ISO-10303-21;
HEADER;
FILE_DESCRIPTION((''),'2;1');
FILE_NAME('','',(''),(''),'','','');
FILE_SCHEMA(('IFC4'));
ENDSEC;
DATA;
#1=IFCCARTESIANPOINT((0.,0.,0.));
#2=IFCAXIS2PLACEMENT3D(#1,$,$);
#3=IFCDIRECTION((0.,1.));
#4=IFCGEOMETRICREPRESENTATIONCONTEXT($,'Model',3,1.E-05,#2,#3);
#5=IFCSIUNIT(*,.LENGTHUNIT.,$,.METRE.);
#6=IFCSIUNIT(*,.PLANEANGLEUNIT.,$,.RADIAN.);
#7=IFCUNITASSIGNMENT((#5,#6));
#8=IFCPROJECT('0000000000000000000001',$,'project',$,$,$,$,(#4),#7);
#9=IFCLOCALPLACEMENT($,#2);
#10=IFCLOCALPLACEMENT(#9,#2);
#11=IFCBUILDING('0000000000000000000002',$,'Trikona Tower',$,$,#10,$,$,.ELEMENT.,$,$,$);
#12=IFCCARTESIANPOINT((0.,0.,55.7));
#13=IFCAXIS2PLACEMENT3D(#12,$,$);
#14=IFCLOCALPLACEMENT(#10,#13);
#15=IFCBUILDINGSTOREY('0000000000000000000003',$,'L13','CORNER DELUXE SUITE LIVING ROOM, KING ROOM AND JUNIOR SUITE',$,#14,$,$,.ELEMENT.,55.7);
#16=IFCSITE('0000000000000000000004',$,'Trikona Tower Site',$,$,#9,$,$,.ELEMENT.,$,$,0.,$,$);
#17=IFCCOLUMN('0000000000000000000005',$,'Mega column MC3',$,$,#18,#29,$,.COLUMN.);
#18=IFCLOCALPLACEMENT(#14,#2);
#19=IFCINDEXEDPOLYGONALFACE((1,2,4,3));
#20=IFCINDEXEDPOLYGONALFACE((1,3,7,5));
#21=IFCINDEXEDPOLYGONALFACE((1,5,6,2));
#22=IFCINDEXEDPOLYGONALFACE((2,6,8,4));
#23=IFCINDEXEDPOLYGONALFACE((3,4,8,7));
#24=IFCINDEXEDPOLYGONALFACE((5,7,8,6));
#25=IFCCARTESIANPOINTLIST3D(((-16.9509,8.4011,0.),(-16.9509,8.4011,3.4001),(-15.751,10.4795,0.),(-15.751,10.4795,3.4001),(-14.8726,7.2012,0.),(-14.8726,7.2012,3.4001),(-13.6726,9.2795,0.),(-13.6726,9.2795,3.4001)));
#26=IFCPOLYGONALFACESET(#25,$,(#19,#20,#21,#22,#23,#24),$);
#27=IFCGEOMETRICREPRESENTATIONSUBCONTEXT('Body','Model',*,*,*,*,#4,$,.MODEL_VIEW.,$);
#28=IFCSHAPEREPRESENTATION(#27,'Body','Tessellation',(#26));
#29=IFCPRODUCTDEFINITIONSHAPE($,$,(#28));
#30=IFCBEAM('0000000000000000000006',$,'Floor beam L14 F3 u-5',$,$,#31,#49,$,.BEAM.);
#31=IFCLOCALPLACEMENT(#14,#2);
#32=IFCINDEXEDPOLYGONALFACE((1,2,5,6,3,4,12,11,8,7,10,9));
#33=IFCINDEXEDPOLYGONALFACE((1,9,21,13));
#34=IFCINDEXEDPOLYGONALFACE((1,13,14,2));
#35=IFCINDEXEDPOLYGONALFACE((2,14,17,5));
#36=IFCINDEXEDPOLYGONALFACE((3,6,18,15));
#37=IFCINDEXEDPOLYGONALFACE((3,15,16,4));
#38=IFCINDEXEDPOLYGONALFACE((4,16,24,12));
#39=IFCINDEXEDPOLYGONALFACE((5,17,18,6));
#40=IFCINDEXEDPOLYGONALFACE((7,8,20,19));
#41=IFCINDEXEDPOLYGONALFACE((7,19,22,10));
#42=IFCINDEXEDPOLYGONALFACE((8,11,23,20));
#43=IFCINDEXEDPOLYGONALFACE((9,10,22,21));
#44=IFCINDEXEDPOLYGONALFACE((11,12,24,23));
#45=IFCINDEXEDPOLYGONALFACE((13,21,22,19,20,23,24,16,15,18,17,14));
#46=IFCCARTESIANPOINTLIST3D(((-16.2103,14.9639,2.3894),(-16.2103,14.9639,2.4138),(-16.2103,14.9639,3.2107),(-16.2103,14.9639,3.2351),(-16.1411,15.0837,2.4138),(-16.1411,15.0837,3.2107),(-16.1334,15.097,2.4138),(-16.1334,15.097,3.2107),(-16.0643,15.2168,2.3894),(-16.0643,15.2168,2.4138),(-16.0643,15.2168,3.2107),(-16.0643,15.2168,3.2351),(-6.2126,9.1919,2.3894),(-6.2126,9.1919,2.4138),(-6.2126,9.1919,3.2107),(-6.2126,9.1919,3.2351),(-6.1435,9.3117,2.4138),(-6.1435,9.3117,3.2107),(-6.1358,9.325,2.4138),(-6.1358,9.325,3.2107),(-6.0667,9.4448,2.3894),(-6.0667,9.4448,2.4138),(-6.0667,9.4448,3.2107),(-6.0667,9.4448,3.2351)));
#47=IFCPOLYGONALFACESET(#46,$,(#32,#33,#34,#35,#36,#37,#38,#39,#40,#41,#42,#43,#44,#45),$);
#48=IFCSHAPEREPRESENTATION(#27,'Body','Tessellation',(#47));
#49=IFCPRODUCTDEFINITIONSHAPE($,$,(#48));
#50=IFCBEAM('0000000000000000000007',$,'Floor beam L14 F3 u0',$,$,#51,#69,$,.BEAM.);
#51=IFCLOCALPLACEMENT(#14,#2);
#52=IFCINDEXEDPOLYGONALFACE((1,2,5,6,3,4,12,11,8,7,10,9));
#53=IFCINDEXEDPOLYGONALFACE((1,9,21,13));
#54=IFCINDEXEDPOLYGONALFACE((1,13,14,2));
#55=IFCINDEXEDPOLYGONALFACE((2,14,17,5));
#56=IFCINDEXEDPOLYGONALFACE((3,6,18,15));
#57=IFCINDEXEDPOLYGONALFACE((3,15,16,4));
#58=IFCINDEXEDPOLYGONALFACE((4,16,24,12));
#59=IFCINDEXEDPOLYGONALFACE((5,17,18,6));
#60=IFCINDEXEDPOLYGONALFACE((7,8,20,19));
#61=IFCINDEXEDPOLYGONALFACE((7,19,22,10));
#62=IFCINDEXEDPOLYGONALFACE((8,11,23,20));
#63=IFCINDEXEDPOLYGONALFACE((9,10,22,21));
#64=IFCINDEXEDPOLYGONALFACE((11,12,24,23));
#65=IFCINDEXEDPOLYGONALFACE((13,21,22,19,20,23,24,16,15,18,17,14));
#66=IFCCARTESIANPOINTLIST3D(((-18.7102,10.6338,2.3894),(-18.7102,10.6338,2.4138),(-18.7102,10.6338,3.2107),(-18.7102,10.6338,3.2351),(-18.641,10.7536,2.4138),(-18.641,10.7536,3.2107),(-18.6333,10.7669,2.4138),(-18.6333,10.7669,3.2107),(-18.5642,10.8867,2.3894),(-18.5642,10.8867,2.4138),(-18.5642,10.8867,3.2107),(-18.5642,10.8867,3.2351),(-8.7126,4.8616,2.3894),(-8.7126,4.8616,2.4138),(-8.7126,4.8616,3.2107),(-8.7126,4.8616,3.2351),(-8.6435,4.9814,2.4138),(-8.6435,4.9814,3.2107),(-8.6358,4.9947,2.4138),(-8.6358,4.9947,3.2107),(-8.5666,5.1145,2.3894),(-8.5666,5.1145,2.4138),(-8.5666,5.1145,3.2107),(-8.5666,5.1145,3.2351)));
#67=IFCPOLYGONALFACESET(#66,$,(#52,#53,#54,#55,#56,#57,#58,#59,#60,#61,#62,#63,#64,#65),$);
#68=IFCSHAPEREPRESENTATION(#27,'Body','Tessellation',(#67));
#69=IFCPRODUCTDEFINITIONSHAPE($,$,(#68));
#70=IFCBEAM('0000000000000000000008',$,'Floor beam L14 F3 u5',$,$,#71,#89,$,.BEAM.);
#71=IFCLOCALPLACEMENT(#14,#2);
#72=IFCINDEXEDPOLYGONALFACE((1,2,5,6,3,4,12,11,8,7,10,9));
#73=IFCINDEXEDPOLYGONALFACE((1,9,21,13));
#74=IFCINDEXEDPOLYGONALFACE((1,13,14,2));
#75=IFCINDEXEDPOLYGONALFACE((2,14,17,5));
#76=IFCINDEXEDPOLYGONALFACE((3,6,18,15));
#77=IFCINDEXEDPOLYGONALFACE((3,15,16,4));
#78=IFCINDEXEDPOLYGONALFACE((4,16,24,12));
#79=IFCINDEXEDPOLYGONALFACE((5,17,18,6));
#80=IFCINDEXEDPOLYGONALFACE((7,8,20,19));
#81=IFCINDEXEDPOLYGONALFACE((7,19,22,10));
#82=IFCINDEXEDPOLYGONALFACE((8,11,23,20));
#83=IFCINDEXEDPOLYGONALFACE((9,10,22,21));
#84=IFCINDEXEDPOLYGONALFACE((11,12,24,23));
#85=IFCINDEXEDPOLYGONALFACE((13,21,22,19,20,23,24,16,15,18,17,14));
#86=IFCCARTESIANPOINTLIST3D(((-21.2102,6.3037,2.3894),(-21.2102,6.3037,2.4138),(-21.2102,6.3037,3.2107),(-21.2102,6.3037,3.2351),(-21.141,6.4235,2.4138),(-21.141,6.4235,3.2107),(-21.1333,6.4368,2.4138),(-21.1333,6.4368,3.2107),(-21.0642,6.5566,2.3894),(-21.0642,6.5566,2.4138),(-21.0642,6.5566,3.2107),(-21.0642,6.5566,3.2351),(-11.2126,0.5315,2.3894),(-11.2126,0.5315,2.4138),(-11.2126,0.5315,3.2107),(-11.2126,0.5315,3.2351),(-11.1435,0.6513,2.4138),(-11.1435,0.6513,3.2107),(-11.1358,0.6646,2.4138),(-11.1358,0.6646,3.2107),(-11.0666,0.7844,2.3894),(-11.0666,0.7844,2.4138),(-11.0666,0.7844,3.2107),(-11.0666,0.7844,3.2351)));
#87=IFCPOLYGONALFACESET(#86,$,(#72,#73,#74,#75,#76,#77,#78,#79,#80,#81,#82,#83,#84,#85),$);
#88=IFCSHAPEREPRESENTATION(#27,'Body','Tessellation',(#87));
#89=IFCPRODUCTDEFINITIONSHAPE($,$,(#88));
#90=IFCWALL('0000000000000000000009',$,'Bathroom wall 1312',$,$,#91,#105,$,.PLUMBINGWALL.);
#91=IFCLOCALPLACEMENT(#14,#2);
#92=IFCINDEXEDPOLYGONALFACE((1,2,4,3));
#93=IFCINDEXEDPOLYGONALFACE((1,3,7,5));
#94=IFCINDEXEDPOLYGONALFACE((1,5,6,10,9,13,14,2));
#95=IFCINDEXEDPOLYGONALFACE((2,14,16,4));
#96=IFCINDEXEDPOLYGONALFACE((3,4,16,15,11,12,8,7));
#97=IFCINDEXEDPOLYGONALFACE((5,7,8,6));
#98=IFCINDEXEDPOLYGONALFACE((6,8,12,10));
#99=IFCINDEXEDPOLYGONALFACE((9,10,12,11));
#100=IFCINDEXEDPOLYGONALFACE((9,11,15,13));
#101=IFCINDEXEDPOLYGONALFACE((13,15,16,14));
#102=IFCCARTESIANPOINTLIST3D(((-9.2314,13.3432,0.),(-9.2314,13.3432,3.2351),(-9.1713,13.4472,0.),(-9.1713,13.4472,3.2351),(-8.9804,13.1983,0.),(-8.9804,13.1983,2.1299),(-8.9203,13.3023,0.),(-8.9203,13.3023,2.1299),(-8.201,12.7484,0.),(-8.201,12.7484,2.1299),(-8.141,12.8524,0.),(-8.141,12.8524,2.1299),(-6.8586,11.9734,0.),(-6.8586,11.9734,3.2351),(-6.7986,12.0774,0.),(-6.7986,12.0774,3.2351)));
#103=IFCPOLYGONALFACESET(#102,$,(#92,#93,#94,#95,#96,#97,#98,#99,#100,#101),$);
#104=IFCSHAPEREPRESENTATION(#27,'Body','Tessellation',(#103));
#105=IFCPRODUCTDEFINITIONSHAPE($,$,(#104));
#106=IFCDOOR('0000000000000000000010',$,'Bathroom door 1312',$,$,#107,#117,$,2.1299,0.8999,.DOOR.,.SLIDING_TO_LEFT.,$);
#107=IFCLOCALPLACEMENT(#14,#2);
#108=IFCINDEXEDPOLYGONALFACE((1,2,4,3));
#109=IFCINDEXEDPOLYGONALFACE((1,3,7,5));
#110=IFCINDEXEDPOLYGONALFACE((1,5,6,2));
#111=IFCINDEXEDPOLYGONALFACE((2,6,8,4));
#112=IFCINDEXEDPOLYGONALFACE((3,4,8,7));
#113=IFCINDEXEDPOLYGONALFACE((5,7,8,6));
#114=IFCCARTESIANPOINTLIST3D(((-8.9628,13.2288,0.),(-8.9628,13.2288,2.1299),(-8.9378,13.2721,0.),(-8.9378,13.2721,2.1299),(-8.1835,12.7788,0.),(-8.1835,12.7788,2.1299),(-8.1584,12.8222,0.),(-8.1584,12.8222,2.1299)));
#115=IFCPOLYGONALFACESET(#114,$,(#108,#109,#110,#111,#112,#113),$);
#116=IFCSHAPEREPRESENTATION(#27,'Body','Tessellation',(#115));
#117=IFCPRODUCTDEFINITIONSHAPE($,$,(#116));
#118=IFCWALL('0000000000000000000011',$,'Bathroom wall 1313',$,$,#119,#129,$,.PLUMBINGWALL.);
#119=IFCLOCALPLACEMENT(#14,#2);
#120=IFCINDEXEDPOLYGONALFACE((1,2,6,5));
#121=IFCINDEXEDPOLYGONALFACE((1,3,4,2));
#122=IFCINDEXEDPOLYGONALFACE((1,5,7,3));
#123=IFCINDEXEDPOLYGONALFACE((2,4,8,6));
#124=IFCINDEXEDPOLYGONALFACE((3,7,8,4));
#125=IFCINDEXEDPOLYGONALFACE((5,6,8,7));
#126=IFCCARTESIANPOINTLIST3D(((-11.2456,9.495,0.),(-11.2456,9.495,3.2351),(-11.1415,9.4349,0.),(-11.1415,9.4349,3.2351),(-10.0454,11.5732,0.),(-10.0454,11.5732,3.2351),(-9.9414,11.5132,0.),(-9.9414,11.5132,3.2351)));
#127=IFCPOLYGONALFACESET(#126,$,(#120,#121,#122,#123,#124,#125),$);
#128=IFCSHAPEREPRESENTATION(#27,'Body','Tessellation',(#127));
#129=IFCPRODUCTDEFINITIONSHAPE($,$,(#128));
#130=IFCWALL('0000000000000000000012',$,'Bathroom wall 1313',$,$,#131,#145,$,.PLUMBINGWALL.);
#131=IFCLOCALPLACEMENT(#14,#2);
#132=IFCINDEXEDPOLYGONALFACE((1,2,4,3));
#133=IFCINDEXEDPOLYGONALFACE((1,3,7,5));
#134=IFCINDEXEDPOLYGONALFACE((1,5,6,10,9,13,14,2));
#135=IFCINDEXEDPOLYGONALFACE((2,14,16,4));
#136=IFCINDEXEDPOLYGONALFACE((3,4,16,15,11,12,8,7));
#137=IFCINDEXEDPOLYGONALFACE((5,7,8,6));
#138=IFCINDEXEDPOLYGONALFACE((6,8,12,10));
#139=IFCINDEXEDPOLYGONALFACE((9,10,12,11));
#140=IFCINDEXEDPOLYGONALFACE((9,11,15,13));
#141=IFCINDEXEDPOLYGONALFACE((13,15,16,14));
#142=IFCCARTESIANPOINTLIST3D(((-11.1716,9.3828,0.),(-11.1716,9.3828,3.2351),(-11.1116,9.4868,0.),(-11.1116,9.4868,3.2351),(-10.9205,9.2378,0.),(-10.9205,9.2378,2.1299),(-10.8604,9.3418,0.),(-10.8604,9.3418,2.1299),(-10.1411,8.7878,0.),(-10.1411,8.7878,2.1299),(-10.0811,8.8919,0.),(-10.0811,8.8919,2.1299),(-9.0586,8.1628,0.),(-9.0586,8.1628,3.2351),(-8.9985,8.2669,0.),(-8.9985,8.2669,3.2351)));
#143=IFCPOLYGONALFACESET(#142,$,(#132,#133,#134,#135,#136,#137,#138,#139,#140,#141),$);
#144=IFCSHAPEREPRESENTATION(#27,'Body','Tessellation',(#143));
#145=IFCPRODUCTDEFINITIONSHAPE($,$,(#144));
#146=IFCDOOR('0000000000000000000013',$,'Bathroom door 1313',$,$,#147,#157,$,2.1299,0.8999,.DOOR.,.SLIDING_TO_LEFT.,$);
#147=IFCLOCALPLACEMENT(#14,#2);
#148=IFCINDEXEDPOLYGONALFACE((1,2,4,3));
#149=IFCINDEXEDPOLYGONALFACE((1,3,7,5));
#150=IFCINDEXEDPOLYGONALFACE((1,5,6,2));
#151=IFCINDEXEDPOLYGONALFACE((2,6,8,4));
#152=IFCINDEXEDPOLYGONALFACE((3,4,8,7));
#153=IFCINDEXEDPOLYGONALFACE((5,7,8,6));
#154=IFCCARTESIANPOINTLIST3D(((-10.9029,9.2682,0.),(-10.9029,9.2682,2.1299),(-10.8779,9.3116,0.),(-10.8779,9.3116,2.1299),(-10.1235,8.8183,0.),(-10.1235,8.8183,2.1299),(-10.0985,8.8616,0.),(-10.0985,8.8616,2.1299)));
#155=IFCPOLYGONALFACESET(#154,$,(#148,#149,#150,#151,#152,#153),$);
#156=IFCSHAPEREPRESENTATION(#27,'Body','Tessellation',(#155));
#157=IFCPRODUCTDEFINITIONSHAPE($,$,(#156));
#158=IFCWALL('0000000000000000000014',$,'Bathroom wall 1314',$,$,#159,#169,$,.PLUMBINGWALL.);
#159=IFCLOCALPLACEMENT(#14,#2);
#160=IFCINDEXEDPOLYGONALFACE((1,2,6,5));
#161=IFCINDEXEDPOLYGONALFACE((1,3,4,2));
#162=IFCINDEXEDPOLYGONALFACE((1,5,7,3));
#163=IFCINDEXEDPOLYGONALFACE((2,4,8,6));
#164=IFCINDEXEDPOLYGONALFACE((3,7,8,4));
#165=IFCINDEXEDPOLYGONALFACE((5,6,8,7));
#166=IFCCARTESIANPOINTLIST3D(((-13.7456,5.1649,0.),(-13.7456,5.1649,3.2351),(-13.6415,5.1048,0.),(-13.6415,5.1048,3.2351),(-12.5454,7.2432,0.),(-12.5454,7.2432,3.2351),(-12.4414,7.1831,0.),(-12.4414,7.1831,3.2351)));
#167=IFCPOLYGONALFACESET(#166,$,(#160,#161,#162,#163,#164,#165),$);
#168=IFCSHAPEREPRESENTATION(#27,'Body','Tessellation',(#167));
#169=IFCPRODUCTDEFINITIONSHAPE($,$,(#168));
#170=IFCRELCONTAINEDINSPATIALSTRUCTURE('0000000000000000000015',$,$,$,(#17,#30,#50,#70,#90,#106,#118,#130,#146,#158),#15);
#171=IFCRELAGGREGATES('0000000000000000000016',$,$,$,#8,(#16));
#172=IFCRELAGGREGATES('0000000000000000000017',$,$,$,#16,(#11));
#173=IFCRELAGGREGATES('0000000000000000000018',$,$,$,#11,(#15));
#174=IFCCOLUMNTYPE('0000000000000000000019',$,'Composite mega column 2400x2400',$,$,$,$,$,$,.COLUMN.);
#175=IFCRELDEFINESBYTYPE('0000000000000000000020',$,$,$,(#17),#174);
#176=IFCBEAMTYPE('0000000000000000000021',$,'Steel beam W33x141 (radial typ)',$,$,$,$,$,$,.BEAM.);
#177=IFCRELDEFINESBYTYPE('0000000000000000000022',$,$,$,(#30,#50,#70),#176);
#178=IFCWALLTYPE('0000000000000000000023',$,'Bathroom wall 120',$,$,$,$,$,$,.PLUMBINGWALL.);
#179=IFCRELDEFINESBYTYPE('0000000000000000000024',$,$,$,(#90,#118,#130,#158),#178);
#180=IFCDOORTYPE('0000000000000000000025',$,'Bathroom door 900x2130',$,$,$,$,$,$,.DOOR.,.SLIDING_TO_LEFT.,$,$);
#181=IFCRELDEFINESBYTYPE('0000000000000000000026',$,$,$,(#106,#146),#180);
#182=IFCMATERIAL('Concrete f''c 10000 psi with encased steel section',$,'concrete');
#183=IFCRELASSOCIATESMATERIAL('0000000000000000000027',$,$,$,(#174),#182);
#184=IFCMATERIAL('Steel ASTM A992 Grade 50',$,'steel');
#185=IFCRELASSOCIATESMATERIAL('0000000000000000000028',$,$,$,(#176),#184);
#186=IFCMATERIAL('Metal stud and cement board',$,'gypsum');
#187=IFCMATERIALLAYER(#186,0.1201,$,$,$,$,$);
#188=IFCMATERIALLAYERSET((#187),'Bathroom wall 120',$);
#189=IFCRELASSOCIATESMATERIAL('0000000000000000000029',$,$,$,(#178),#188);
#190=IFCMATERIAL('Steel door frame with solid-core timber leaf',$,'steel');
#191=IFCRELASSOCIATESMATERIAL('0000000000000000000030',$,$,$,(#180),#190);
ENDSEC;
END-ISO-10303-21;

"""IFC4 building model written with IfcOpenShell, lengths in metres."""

from ifc_helpers import new_model, si_unit, direction, frame, frame_2d, origin, origin_2d, place, context, subcontext, project, spatial, rectangle, i_section, extrude, material, layer, layer_set, material_profile, profile_set, type_object, element, fill, save


model = new_model("IFC4")

# Units and contexts
model_context = context("Model", 3, precision=1e-05, world=origin(), true_north=direction((0.0, 1.0)))
body_context = subcontext(model_context, "Body", "Model", "MODEL_VIEW")
ifc_project = project(units=[si_unit("LENGTHUNIT", "METRE"), si_unit("PLANEANGLEUNIT", "RADIAN")], contexts=[model_context])

# Site, building, storey
site_placement = place(None, origin())
site = spatial("IfcSite", under=ifc_project, at=site_placement, Name="Trikona Tower Site", CompositionType="ELEMENT", RefElevation=0.0)
building_placement = place(site_placement, origin())
building = spatial("IfcBuilding", under=site, at=building_placement, Name="Trikona Tower", CompositionType="ELEMENT")
storey_placement = place(building_placement, frame((0.0, 0.0, 55.7)))
storey = spatial("IfcBuildingStorey", under=building, at=storey_placement, Name="L13", Description="CORNER DELUXE SUITE LIVING ROOM, KING ROOM AND JUNIOR SUITE", CompositionType="ELEMENT", Elevation=55.7)

# Column
ifc_material_1 = material(Name="Concrete f'c 10000 psi with encased steel section", Category="concrete")
ifc_material_profile_1 = material_profile(ifc_material_1, rectangle(XDim=2.3999, YDim=2.3999, at=origin_2d()), Name="MC2400")
ifc_profile_set_1 = profile_set([ifc_material_profile_1], Name="Concrete f'c 10000 psi with encased steel section")
column_type = type_object("IfcColumnType", Name="Composite mega column 2400x2400", PredefinedType="COLUMN", material=ifc_profile_set_1)
column_placement = place(storey_placement, frame((-15.3118, 8.8403, 0.0), z_axis=(0.0, 0.0, 1.0), x_axis=(-0.866025, 0.5, 0.0)))
element("IfcColumn", 1, at=column_placement, inside=storey, type_object=column_type, Name="Mega column MC3", PredefinedType="COLUMN", context=body_context, shape_type="SweptSolid", body=[
    extrude(rectangle(XDim=2.3999, YDim=2.3999, at=origin_2d()), origin(), (0.0, 0.0, 1.0), 3.4001),
])

# Beams
ifc_material_2 = material(Name="Steel ASTM A992 Grade 50", Category="steel")
ifc_material_profile_2 = material_profile(ifc_material_2, i_section(OverallWidth=0.292, OverallDepth=0.8457, WebThickness=0.0154, FlangeThickness=0.0244, at=origin_2d()), Name="W33X141")
ifc_profile_set_2 = profile_set([ifc_material_profile_2], Name="Steel ASTM A992 Grade 50")
beam_type = type_object("IfcBeamType", Name="Steel beam W33x141 (radial typ)", PredefinedType="BEAM", material=ifc_profile_set_2)
for number, where, z_axis, x_axis, name in (
    (2, (-6.1396, 9.3184, 2.8123), (-0.86603, 0.499992, 0.0), (-0.499992, -0.86603, 0.0), "Floor beam L14 F3 u-5"),
    (3, (-8.6396, 4.988, 2.8123), (-0.866021, 0.500008, 0.0), (-0.500008, -0.866021, 0.0), "Floor beam L14 F3 u0"),
    (4, (-11.1396, 0.658, 2.8123), (-0.866021, 0.500008, 0.0), (-0.500008, -0.866021, 0.0), "Floor beam L14 F3 u5"),
):
    element("IfcBeam", number, at=place(storey_placement, frame(where, z_axis=z_axis, x_axis=x_axis)), inside=storey, type_object=beam_type, Name=name, PredefinedType="BEAM", context=body_context, shape_type="SweptSolid", body=[
        extrude(i_section(OverallWidth=0.292, OverallDepth=0.8457, WebThickness=0.0154, FlangeThickness=0.0244, at=origin_2d()), origin(), (0.0, 0.0, 1.0), 11.5442),
    ])

# Wall, opening, door
ifc_material_3 = material(Name="Metal stud and cement board", Category="gypsum")
ifc_layer_1 = layer(ifc_material_3, 0.1201)
ifc_layer_set_1 = layer_set([ifc_layer_1], Name="Bathroom wall 120")
wall_type_1 = type_object("IfcWallType", Name="Bathroom wall 120", PredefinedType="PLUMBINGWALL", material=ifc_layer_set_1)
wall_1_placement = place(storey_placement, frame((-6.8286, 12.0254, 0.0), z_axis=(0.0, 0.0, 1.0), x_axis=(-0.866036, 0.499982, 0.0)))
wall_1 = element("IfcWall", 5, at=wall_1_placement, inside=storey, type_object=wall_type_1, Name="Bathroom wall 1312", PredefinedType="PLUMBINGWALL", context=body_context, shape_type="SweptSolid", body=[
    extrude(rectangle(XDim=2.7397, YDim=0.1201, at=frame_2d((1.3699, 0.0))), origin(), (0.0, 0.0, 1.0), 3.2351),
])
opening_1_placement = place(wall_1_placement, frame((1.55, 0.0, 0.0)))
opening_1 = element("IfcOpeningElement", 6, at=opening_1_placement, cuts=wall_1, PredefinedType="OPENING", context=body_context, shape_type="SweptSolid", body=[
    extrude(rectangle(XDim=0.8999, YDim=2.1299, at=frame_2d((0.45, 1.0649))), frame((0.0, 0.0701, 0.0), z_axis=(0.0, -1.0, 0.0), x_axis=(1.0, 0.0, 0.0)), (0.0, 0.0, 1.0), 0.1401),
])
ifc_material_4 = material(Name="Steel door frame with solid-core timber leaf", Category="steel")
door_type_1 = type_object("IfcDoorType", Name="Bathroom door 900x2130", OperationType="SLIDING_TO_LEFT", PredefinedType="DOOR", material=ifc_material_4)
door_1_placement = place(opening_1_placement, origin())
door_1 = element("IfcDoor", 7, at=door_1_placement, inside=storey, type_object=door_type_1, Name="Bathroom door 1312", OperationType="SLIDING_TO_LEFT", OverallHeight=2.1299, OverallWidth=0.8999, PredefinedType="DOOR", context=body_context, shape_type="SweptSolid", body=[
    extrude(rectangle(XDim=0.8999, YDim=2.1299, at=frame_2d((0.45, 1.0649))), frame((0.0, 0.0249, 0.0), z_axis=(0.0, -1.0, 0.0), x_axis=(1.0, 0.0, 0.0)), (0.0, 0.0, 1.0), 0.05),
])
fill(opening_1, door_1)

# Wall
wall_2_placement = place(storey_placement, frame((-9.9934, 11.5432, 0.0), z_axis=(0.0, 0.0, 1.0), x_axis=(-0.500078, -0.865981, 0.0)))
element("IfcWall", 8, at=wall_2_placement, inside=storey, type_object=wall_type_1, Name="Bathroom wall 1313", PredefinedType="PLUMBINGWALL", context=body_context, shape_type="SweptSolid", body=[
    extrude(rectangle(XDim=2.3999, YDim=0.1201, at=frame_2d((1.2, 0.0))), origin(), (0.0, 0.0, 1.0), 3.2351),
])

# Wall, opening, door
wall_3_placement = place(storey_placement, frame((-9.0286, 8.2148, 0.0), z_axis=(0.0, 0.0, 1.0), x_axis=(-0.866024, 0.500003, 0.0)))
wall_3 = element("IfcWall", 9, at=wall_3_placement, inside=storey, type_object=wall_type_1, Name="Bathroom wall 1313", PredefinedType="PLUMBINGWALL", context=body_context, shape_type="SweptSolid", body=[
    extrude(rectangle(XDim=2.4399, YDim=0.1201, at=frame_2d((1.22, 0.0))), origin(), (0.0, 0.0, 1.0), 3.2351),
])
opening_2_placement = place(wall_3_placement, frame((1.25, 0.0, 0.0)))
opening_2 = element("IfcOpeningElement", 10, at=opening_2_placement, cuts=wall_3, PredefinedType="OPENING", context=body_context, shape_type="SweptSolid", body=[
    extrude(rectangle(XDim=0.8999, YDim=2.1299, at=frame_2d((0.45, 1.0649))), frame((0.0, 0.0701, 0.0), z_axis=(0.0, -1.0, 0.0), x_axis=(1.0, 0.0, 0.0)), (0.0, 0.0, 1.0), 0.1401),
])
door_2_placement = place(opening_2_placement, origin())
door_2 = element("IfcDoor", 11, at=door_2_placement, inside=storey, type_object=door_type_1, Name="Bathroom door 1313", OperationType="SLIDING_TO_LEFT", OverallHeight=2.1299, OverallWidth=0.8999, PredefinedType="DOOR", context=body_context, shape_type="SweptSolid", body=[
    extrude(rectangle(XDim=0.8999, YDim=2.1299, at=frame_2d((0.45, 1.0649))), frame((0.0, 0.0249, 0.0), z_axis=(0.0, -1.0, 0.0), x_axis=(1.0, 0.0, 0.0)), (0.0, 0.0, 1.0), 0.05),
])
fill(opening_2, door_2)

# Wall
wall_4_placement = place(storey_placement, frame((-12.4934, 7.2131, 0.0), z_axis=(0.0, 0.0, 1.0), x_axis=(-0.500078, -0.865981, 0.0)))
element("IfcWall", 12, at=wall_4_placement, inside=storey, type_object=wall_type_1, Name="Bathroom wall 1314", PredefinedType="PLUMBINGWALL", context=body_context, shape_type="SweptSolid", body=[
    extrude(rectangle(XDim=2.3999, YDim=0.1201, at=frame_2d((1.2, 0.0))), origin(), (0.0, 0.0, 1.0), 3.2351),
])

save(model, "model.ifc")
